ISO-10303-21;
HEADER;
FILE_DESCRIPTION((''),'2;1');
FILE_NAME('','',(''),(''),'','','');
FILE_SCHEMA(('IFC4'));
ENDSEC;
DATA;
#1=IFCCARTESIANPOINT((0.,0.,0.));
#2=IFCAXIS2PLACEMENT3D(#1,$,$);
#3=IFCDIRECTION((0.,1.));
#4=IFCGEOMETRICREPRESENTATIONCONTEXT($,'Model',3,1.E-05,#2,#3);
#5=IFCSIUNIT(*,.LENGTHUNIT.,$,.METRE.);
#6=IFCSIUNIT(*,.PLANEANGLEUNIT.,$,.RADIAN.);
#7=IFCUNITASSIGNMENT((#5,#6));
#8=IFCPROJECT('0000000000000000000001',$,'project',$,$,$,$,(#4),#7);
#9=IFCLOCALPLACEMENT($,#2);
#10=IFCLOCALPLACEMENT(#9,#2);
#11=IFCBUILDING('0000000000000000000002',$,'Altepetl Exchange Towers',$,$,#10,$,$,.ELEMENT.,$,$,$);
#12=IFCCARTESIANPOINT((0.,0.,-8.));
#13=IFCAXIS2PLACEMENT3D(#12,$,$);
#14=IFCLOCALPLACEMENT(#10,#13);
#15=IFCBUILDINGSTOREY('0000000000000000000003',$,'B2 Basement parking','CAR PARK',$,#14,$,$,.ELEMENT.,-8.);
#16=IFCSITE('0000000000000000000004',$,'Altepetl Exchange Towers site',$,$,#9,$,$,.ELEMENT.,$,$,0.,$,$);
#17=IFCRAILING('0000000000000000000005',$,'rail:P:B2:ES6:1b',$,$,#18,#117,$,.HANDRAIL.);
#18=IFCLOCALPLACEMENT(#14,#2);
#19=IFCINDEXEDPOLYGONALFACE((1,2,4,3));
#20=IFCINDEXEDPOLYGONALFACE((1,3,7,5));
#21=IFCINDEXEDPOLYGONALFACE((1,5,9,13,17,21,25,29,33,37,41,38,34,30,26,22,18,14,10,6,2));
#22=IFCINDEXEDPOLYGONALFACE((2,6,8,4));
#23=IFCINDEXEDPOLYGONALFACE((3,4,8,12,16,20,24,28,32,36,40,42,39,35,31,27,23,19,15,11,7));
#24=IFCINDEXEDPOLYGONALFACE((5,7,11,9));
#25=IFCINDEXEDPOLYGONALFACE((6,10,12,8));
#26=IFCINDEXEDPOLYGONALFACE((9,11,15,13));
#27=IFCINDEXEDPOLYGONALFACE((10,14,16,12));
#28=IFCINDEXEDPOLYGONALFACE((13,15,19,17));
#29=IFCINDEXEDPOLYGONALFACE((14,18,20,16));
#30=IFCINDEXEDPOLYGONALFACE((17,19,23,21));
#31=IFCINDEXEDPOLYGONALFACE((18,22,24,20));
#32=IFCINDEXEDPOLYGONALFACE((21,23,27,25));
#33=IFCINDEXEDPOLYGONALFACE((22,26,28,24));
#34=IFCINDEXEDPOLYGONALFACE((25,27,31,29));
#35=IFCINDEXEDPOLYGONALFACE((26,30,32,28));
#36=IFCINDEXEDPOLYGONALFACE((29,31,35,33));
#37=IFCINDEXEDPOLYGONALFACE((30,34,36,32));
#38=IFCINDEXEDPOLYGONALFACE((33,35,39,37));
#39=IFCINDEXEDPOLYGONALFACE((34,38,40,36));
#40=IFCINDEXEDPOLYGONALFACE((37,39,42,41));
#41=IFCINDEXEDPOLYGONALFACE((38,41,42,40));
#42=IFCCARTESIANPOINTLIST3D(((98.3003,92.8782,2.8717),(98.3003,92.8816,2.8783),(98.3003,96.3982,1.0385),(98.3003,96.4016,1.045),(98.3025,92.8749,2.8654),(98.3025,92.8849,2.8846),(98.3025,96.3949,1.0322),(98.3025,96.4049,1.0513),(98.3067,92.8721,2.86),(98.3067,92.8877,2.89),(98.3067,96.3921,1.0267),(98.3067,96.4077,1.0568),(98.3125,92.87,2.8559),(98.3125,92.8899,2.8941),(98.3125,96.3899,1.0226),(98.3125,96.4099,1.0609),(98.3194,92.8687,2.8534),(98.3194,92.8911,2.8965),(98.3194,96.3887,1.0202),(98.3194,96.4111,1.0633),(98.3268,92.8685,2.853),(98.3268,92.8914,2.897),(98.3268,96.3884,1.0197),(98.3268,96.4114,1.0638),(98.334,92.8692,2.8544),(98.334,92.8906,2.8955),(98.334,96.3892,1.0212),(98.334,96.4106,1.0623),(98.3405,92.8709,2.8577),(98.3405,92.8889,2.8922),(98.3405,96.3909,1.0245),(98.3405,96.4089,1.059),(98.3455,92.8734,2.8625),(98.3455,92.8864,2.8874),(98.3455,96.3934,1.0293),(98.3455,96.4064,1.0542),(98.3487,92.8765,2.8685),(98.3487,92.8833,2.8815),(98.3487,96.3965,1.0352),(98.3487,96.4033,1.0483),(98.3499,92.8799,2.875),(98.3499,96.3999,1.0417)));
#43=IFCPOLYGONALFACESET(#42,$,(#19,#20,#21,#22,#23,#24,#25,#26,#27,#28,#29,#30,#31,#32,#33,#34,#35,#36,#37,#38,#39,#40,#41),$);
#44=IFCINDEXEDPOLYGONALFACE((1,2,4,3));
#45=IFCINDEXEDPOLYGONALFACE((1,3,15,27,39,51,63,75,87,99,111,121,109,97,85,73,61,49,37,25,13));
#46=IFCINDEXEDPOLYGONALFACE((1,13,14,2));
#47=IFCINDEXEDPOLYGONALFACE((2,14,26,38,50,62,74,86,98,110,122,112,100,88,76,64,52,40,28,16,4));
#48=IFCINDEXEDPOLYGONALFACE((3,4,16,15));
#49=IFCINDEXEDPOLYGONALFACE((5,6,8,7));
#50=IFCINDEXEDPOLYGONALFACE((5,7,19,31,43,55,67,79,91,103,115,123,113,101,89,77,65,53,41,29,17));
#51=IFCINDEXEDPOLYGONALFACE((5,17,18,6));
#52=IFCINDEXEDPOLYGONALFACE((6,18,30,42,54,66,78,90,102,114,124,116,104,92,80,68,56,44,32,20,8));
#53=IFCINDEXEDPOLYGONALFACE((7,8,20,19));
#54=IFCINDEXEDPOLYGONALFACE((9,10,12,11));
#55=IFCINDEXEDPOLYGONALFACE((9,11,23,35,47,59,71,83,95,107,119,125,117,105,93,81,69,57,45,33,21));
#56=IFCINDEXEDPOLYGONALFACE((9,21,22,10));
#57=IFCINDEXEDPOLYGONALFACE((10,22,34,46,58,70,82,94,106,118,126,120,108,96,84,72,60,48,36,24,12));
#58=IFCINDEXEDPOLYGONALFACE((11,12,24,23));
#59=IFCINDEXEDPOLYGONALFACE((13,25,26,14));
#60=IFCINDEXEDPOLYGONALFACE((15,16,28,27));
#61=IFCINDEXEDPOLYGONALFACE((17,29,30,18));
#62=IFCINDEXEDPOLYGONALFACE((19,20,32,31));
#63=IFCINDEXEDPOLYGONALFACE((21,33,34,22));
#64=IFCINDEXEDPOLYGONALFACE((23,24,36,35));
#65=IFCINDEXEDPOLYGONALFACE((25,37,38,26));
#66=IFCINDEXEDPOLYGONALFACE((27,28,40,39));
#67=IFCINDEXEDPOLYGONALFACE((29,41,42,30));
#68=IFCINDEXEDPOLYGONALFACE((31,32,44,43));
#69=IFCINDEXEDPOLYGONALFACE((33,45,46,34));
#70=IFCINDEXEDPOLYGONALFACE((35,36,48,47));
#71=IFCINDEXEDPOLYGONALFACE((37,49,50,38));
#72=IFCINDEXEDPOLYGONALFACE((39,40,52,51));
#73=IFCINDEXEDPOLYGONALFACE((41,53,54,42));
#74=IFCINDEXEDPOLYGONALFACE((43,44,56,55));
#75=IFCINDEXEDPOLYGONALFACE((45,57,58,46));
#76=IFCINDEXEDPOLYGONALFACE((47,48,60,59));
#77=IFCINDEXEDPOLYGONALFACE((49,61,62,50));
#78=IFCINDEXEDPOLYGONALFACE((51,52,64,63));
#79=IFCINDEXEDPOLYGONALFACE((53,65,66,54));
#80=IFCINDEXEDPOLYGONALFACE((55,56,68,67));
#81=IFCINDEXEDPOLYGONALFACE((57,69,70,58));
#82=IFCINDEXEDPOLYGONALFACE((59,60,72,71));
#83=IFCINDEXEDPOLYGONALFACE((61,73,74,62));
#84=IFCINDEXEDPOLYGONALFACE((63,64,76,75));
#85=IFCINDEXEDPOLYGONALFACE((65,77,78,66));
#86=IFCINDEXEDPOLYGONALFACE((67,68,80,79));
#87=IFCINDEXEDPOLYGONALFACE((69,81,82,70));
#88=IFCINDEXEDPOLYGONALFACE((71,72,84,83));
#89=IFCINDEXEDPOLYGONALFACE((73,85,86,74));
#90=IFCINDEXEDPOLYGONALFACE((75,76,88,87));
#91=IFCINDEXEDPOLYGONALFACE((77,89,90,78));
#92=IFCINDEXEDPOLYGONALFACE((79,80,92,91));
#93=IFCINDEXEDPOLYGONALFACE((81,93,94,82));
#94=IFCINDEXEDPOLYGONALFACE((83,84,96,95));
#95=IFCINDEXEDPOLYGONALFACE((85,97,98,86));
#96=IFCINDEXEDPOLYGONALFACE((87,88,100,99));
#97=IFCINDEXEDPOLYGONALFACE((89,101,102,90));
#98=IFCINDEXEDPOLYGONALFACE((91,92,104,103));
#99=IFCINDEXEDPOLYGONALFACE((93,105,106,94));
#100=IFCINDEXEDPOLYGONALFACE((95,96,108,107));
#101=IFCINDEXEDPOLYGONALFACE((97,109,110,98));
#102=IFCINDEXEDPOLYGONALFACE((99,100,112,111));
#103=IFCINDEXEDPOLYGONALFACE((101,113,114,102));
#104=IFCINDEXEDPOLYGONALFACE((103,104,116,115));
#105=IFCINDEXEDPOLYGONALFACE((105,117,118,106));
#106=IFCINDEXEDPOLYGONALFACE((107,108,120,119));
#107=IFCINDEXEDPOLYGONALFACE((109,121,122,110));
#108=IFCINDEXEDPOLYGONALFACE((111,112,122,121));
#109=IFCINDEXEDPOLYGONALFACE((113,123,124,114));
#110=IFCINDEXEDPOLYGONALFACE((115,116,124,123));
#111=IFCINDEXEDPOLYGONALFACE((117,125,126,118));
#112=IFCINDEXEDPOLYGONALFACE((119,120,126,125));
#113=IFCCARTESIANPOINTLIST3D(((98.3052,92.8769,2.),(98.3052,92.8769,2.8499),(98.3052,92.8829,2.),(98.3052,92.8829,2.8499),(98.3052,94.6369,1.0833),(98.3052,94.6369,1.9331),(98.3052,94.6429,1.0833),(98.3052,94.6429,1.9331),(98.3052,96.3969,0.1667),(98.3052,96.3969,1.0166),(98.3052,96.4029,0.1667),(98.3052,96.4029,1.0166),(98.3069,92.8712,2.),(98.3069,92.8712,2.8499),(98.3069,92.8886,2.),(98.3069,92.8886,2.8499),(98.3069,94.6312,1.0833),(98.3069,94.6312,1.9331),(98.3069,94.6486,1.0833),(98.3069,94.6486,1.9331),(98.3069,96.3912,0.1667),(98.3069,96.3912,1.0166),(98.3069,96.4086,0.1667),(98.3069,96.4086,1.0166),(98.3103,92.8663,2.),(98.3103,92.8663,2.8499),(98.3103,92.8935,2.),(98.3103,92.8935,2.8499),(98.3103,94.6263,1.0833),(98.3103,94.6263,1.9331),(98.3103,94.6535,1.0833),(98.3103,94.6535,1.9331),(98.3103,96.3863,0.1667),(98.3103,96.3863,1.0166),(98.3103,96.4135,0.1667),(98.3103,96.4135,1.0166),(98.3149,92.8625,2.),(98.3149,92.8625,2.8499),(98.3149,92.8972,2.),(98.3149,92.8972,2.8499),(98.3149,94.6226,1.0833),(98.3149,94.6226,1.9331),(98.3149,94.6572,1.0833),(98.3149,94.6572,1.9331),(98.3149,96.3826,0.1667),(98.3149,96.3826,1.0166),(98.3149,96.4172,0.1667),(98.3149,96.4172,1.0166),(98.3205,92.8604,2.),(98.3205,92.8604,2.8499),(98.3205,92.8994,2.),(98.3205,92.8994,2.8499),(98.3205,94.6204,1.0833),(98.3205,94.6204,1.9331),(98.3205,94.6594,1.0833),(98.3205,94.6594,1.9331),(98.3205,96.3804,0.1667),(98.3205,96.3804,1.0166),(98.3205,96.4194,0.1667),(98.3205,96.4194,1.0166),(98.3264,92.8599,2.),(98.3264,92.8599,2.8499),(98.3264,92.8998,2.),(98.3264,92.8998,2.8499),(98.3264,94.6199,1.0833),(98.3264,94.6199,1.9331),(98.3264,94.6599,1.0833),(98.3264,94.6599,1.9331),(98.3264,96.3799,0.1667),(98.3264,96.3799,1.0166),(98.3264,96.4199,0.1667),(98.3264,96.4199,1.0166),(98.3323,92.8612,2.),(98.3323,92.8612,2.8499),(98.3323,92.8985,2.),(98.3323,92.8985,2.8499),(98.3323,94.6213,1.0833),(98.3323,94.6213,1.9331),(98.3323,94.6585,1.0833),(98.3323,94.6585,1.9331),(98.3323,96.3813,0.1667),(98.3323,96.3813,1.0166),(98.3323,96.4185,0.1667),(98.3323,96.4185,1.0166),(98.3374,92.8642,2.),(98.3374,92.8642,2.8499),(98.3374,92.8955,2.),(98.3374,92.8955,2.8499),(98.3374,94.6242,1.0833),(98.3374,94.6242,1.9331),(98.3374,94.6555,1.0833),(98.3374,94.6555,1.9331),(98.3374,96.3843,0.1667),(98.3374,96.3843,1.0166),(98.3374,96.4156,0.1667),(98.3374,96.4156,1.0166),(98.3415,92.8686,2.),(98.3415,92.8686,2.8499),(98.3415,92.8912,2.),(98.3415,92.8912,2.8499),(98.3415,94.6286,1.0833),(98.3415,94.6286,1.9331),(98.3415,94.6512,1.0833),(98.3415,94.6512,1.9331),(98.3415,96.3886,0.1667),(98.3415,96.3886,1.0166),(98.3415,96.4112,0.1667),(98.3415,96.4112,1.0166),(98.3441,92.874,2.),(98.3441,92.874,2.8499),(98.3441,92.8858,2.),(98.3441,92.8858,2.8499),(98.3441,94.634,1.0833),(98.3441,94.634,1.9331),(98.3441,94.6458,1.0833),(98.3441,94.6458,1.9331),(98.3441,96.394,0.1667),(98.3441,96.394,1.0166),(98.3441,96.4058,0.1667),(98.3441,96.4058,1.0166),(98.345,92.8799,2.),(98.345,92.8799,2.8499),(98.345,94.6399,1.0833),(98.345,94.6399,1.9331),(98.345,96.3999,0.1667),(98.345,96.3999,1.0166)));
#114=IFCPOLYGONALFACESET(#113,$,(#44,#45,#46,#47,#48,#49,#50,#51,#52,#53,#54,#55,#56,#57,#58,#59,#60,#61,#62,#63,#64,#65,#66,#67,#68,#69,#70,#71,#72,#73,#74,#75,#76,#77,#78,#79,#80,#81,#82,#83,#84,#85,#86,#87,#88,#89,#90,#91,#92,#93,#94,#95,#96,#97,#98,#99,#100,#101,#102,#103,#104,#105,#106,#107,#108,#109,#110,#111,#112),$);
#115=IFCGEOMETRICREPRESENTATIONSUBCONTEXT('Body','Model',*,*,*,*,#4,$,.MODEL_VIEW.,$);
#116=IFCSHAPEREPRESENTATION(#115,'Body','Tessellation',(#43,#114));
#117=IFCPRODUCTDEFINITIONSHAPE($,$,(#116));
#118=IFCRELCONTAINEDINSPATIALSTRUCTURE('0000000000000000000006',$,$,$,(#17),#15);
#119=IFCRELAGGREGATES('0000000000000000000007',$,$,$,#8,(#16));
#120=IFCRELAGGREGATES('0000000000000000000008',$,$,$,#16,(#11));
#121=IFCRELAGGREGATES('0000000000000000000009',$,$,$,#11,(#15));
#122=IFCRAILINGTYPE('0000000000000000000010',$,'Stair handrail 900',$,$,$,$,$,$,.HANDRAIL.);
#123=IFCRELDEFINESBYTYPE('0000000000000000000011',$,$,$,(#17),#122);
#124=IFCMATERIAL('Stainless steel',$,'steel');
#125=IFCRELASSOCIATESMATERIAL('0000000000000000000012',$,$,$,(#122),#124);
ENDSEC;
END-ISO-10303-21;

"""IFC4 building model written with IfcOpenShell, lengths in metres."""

from ifc_helpers import new_model, si_unit, direction, frame, origin, origin_2d, place, context, subcontext, project, spatial, circle, extrude, source, transform, mapped, material, type_object, element, save


model = new_model("IFC4")

# Units and contexts
model_context = context("Model", 3, precision=1e-05, world=origin(), true_north=direction((0.0, 1.0)))
body_context = subcontext(model_context, "Body", "Model", "MODEL_VIEW")
ifc_project = project(units=[si_unit("LENGTHUNIT", "METRE"), si_unit("PLANEANGLEUNIT", "RADIAN")], contexts=[model_context])

# Site, building, storey
site_placement = place(None, origin())
site = spatial("IfcSite", under=ifc_project, at=site_placement, Name="Altepetl Exchange Towers site", CompositionType="ELEMENT", RefElevation=0.0)
building_placement = place(site_placement, origin())
building = spatial("IfcBuilding", under=site, at=building_placement, Name="Altepetl Exchange Towers", CompositionType="ELEMENT")
storey_placement = place(building_placement, frame((0.0, 0.0, -8.0)))
storey = spatial("IfcBuildingStorey", under=building, at=storey_placement, Name="B2 Basement parking", Description="CAR PARK", CompositionType="ELEMENT", Elevation=-8.0)

# Railing
ifc_material_1 = material(Name="Stainless steel", Category="steel")
railing_type_1 = type_object("IfcRailingType", Name="Stair handrail 900", PredefinedType="HANDRAIL", material=ifc_material_1)
shared_shape_1 = source(origin(), body_context, "Body", "SweptSolid", [
    extrude(circle(Radius=0.02, at=origin_2d()), origin(), (0.0, 0.0, 1.0), 0.8499),
])
for number, where, name in (
    (1, (98.325, 96.3999, 0.1667), "rail:P:B2:ES6:1b"),
):
    element("IfcRailing", number, at=place(storey_placement, frame(where)), inside=storey, type_object=railing_type_1, Name=name, PredefinedType="HANDRAIL", context=body_context, shape_type="SweptSolid", body=[
        extrude(circle(Radius=0.0249, at=origin_2d()), frame((0.0, 0.0, 0.875), z_axis=(0.0, -0.886924, 0.461916), x_axis=(1.0, 0.0, 0.0)), (0.0, 0.0, 1.0), 3.9688),
        mapped(shared_shape_1, transform((0.0, 0.0, 0.0))),
        mapped(shared_shape_1, transform((0.0, -1.76, 0.9165))),
        mapped(shared_shape_1, transform((0.0, -3.52, 1.8333))),
    ])

save(model, "model.ifc")
